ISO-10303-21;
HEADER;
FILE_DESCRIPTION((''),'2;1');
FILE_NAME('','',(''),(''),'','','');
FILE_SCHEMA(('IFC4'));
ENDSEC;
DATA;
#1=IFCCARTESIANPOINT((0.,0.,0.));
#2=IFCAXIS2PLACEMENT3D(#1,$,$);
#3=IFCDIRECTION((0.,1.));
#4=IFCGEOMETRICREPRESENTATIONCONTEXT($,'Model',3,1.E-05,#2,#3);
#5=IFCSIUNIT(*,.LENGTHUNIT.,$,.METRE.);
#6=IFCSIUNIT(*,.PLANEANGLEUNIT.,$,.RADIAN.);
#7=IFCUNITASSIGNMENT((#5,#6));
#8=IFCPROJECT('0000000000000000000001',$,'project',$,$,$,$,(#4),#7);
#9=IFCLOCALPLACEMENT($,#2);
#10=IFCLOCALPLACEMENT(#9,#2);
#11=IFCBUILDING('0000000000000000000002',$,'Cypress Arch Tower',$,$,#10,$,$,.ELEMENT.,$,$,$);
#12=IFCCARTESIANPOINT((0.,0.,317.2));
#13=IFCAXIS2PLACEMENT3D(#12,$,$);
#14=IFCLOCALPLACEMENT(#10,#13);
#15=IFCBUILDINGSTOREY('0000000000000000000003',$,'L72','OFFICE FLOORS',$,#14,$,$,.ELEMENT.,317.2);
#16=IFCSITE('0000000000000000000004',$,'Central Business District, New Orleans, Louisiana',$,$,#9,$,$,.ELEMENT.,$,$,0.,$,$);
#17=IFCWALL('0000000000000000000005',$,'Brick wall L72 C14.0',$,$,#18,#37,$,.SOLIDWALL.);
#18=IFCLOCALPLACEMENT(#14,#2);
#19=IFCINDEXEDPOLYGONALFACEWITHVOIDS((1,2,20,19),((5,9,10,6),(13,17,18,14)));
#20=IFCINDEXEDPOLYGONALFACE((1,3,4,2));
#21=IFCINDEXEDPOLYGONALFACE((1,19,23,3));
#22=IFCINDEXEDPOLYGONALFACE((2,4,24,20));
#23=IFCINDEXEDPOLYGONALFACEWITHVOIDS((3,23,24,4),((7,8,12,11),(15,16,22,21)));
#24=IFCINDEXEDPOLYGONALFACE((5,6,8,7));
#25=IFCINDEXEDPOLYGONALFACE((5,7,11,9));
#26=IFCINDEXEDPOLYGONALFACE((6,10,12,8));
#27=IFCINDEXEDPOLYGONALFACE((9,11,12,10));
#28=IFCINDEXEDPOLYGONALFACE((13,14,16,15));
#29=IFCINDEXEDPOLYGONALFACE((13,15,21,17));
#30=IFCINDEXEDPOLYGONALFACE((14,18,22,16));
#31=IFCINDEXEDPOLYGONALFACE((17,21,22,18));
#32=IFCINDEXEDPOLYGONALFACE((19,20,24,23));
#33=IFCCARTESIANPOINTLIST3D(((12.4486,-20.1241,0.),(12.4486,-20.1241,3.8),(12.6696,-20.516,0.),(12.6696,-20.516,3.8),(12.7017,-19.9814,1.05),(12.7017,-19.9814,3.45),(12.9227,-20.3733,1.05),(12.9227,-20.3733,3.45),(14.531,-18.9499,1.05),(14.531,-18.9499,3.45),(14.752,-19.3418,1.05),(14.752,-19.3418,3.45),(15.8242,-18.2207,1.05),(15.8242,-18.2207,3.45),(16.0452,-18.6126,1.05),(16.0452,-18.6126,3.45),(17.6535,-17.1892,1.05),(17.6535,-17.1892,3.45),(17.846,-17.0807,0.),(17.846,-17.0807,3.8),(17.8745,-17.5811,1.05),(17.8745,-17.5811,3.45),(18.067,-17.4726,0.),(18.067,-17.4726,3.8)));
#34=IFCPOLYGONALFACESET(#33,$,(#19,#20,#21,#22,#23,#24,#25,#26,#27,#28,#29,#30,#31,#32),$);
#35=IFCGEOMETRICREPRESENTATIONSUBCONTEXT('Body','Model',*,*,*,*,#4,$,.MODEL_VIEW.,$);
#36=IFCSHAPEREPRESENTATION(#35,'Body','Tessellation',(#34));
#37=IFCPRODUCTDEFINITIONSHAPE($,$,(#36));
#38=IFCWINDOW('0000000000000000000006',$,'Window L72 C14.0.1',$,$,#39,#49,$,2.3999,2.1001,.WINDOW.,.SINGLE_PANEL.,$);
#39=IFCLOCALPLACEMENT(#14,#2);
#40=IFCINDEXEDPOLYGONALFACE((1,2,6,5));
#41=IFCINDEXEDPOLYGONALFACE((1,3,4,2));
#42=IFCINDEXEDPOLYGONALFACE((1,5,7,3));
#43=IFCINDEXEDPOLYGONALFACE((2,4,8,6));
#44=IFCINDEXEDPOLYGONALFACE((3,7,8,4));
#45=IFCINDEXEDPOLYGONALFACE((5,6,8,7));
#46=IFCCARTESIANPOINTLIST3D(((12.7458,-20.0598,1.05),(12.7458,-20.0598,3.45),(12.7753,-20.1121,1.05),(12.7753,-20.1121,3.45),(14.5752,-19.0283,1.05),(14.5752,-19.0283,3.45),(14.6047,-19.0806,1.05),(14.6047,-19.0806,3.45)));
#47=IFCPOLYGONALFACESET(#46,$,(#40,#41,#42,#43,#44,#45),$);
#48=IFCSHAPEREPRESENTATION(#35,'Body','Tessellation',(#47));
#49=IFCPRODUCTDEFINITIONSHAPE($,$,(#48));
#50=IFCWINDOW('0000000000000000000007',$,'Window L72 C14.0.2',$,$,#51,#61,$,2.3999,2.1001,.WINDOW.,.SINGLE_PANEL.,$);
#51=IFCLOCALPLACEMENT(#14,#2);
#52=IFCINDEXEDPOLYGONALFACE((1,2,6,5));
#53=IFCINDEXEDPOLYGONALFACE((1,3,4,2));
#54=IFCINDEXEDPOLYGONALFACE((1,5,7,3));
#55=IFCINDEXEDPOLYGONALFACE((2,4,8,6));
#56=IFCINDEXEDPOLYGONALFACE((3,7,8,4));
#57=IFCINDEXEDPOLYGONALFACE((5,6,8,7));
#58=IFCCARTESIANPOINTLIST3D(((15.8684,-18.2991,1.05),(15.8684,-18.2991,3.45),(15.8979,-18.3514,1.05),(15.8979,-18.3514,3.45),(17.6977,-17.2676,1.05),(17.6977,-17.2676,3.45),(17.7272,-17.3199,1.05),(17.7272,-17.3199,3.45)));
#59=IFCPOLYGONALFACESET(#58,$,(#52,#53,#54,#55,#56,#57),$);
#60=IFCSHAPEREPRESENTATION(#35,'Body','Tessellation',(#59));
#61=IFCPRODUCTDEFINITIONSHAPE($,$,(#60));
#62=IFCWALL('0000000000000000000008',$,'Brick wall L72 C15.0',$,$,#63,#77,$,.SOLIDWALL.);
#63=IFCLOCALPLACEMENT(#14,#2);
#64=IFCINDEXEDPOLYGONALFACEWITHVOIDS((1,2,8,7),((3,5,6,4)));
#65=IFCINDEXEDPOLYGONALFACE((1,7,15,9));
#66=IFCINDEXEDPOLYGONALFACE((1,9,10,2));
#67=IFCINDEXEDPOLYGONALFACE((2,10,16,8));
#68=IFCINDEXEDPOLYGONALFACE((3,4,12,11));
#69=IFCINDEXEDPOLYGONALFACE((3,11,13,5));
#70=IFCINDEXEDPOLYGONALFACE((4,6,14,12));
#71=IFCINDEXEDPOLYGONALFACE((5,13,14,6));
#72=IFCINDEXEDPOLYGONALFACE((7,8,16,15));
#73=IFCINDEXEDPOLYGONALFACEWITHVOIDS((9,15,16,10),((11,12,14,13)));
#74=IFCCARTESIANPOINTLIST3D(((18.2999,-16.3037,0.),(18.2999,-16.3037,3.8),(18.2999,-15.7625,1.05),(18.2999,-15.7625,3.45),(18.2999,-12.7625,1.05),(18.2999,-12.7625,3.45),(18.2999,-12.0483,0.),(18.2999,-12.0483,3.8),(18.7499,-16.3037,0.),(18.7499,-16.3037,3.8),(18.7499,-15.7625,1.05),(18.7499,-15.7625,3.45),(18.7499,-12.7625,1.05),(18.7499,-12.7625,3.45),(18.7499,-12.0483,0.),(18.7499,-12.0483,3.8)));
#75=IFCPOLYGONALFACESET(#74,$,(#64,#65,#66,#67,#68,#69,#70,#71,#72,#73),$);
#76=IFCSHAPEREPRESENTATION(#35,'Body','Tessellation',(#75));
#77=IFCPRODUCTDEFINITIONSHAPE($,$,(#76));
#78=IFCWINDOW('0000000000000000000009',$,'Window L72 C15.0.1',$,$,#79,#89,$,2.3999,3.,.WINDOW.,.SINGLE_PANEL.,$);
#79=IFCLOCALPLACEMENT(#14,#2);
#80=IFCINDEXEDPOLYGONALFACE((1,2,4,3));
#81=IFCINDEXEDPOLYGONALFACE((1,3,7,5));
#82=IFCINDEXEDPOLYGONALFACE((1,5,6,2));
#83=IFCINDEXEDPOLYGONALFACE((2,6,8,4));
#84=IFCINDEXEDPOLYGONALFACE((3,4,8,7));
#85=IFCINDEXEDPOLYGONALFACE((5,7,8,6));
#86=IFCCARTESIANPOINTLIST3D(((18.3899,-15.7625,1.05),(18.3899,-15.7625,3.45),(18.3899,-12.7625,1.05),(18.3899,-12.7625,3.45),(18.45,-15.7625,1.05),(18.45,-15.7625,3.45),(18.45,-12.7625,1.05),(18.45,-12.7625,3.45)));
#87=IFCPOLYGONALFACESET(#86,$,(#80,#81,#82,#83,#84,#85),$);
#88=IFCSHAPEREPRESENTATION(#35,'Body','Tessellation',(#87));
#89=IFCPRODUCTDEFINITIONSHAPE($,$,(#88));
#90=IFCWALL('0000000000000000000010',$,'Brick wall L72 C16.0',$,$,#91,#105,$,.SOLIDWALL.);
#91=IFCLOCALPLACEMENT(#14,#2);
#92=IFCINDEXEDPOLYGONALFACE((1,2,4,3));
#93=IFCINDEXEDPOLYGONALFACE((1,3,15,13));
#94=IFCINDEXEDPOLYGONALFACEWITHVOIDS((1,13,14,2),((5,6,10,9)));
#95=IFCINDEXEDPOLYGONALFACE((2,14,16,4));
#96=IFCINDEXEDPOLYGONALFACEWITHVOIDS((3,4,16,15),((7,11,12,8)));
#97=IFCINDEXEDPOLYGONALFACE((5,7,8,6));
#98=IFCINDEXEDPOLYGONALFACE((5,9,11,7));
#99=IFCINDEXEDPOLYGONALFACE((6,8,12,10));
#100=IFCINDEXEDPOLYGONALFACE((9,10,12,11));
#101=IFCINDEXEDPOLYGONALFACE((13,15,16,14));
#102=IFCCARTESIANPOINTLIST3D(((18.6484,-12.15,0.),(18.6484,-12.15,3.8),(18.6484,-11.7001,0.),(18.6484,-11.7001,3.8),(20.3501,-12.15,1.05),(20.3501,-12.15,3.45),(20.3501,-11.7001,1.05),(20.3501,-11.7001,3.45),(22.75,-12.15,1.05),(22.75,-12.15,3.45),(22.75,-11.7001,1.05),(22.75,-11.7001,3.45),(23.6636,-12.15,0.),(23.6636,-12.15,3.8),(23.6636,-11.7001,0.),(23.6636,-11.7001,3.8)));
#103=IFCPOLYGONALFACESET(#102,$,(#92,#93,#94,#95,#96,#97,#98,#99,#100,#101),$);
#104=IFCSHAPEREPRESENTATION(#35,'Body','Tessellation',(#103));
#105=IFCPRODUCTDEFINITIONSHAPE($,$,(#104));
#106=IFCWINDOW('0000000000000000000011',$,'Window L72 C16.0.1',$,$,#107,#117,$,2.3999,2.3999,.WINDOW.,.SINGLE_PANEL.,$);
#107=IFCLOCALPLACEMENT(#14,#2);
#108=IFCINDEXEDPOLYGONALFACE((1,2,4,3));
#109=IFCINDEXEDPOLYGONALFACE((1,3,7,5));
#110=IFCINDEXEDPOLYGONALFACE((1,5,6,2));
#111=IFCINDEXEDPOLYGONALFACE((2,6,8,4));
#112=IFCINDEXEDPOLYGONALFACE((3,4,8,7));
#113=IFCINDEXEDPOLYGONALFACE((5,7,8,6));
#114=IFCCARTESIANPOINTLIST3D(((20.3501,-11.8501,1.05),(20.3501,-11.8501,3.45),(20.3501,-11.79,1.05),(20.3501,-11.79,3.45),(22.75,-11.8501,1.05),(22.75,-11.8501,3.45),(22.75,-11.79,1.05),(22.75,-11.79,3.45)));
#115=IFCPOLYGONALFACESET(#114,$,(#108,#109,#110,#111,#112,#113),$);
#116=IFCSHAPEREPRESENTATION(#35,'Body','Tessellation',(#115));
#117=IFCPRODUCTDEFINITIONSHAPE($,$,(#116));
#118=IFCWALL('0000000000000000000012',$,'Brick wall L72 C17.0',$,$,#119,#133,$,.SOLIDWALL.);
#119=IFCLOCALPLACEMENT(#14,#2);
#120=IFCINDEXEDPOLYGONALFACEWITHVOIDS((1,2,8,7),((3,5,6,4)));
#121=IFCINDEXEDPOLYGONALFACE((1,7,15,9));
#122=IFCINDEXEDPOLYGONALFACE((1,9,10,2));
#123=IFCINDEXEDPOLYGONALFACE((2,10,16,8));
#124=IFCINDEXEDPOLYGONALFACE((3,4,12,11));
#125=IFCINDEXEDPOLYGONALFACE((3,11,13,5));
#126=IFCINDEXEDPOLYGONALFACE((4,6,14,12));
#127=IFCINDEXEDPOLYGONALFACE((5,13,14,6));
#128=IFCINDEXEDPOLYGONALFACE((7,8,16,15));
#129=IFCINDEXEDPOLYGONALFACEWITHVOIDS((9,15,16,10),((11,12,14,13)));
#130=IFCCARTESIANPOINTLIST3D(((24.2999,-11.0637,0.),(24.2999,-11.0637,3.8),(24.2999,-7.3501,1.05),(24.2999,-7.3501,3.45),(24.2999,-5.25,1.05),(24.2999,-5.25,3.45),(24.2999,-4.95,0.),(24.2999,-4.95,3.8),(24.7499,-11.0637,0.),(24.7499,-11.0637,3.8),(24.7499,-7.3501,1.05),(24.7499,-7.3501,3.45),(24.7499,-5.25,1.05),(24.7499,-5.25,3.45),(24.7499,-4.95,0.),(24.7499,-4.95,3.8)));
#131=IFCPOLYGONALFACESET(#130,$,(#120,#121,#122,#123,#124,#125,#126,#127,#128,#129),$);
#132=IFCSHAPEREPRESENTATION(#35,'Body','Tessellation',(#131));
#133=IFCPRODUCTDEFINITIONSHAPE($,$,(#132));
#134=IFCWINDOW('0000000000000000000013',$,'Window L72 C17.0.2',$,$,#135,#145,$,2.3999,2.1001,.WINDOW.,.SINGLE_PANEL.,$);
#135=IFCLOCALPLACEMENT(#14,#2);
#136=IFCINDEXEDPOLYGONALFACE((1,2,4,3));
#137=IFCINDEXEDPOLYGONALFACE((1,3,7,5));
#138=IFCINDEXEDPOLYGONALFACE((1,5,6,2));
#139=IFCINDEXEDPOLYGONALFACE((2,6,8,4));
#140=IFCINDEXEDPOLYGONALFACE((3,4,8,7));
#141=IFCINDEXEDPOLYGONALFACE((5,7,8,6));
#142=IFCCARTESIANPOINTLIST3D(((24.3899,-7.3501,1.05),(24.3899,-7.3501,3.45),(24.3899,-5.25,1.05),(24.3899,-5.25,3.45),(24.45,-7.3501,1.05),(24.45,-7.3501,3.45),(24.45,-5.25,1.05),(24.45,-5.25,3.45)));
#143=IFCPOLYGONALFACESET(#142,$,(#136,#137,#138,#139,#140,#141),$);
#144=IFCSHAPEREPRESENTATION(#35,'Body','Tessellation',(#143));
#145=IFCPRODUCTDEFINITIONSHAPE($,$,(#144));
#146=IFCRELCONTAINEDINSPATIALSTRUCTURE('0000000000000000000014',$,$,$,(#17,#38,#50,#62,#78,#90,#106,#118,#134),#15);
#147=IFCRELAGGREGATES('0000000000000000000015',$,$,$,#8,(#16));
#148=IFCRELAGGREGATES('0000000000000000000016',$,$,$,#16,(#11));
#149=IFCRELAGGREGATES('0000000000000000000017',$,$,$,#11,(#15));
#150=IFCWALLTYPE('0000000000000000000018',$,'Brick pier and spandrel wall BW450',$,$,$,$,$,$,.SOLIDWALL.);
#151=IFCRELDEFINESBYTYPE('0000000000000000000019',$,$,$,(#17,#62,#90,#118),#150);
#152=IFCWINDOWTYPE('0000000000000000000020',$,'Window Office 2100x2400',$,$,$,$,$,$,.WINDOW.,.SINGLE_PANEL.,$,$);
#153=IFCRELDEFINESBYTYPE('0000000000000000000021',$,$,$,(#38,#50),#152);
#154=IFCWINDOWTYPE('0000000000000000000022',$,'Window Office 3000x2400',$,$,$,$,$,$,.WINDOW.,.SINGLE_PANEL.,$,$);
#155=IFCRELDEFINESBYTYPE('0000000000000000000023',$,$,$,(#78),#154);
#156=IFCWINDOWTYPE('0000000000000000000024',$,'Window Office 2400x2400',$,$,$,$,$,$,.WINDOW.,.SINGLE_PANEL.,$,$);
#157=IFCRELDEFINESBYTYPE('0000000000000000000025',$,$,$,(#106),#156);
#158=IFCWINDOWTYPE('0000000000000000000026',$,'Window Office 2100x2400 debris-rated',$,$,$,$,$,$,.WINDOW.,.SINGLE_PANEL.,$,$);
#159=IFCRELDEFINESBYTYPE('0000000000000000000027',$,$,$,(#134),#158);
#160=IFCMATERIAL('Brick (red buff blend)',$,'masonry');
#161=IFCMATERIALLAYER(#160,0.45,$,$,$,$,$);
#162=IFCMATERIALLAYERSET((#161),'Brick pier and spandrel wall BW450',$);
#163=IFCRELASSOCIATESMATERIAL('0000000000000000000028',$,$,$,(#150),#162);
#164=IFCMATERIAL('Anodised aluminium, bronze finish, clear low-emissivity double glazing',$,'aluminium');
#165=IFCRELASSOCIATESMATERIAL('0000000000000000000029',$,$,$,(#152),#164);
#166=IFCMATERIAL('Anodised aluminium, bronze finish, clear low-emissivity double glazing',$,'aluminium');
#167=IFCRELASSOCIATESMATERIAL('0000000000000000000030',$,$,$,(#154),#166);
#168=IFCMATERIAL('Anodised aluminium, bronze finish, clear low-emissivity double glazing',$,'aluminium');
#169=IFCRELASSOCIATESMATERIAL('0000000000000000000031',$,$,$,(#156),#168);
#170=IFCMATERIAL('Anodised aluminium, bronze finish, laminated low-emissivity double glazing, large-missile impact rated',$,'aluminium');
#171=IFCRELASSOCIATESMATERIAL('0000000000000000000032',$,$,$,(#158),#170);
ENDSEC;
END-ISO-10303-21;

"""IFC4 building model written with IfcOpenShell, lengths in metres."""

from ifc_helpers import new_model, si_unit, direction, frame, frame_2d, origin, place, context, subcontext, project, spatial, rectangle, extrude, material, layer, layer_set, type_object, element, fill, save


model = new_model("IFC4")

# Units and contexts
model_context = context("Model", 3, precision=1e-05, world=origin(), true_north=direction((0.0, 1.0)))
body_context = subcontext(model_context, "Body", "Model", "MODEL_VIEW")
ifc_project = project(units=[si_unit("LENGTHUNIT", "METRE"), si_unit("PLANEANGLEUNIT", "RADIAN")], contexts=[model_context])

# Site, building, storey
site_placement = place(None, origin())
site = spatial("IfcSite", under=ifc_project, at=site_placement, Name="Central Business District, New Orleans, Louisiana", CompositionType="ELEMENT", RefElevation=0.0)
building_placement = place(site_placement, origin())
building = spatial("IfcBuilding", under=site, at=building_placement, Name="Cypress Arch Tower", CompositionType="ELEMENT")
storey_placement = place(building_placement, frame((0.0, 0.0, 317.2)))
storey = spatial("IfcBuildingStorey", under=building, at=storey_placement, Name="L72", Description="OFFICE FLOORS", CompositionType="ELEMENT", Elevation=317.2)

# Wall, openings, windows
ifc_material_1 = material(Name="Brick (red buff blend)", Category="masonry")
ifc_layer_1 = layer(ifc_material_1, 0.45)
ifc_layer_set_1 = layer_set([ifc_layer_1], Name="Brick pier and spandrel wall BW450")
wall_type_1 = type_object("IfcWallType", Name="Brick pier and spandrel wall BW450", PredefinedType="SOLIDWALL", material=ifc_layer_set_1)
wall_1_placement = place(storey_placement, frame((12.5591, -20.3201, 0.0), z_axis=(0.0, 0.0, 1.0), x_axis=(0.871066, 0.491166, 0.0)))
wall_1 = element("IfcWall", 1, at=wall_1_placement, inside=storey, type_object=wall_type_1, Name="Brick wall L72 C14.0", PredefinedType="SOLIDWALL", context=body_context, shape_type="SweptSolid", body=[
    extrude(rectangle(XDim=6.1963, YDim=0.45, at=frame_2d((3.0981, 0.0))), origin(), (0.0, 0.0, 1.0), 3.8),
])
opening_1_placement = place(wall_1_placement, frame((0.2905, 0.0, 1.05)))
opening_1 = element("IfcOpeningElement", 2, at=opening_1_placement, cuts=wall_1, PredefinedType="OPENING", context=body_context, shape_type="SweptSolid", body=[
    extrude(rectangle(XDim=2.1001, YDim=2.3999, at=frame_2d((1.05, 1.2))), frame((0.0, 0.2349, 0.0), z_axis=(0.0, -1.0, 0.0), x_axis=(1.0, 0.0, 0.0)), (0.0, 0.0, 1.0), 0.47),
])
opening_2_placement = place(wall_1_placement, frame((3.8752, 0.0, 1.05)))
opening_2 = element("IfcOpeningElement", 3, at=opening_2_placement, cuts=wall_1, PredefinedType="OPENING", context=body_context, shape_type="SweptSolid", body=[
    extrude(rectangle(XDim=2.1001, YDim=2.3999, at=frame_2d((1.05, 1.2))), frame((0.0, 0.2349, 0.0), z_axis=(0.0, -1.0, 0.0), x_axis=(1.0, 0.0, 0.0)), (0.0, 0.0, 1.0), 0.47),
])
ifc_material_2 = material(Name="Anodised aluminium, bronze finish, clear low-emissivity double glazing", Category="aluminium")
window_type_1 = type_object("IfcWindowType", Name="Window Office 2100x2400", PartitioningType="SINGLE_PANEL", PredefinedType="WINDOW", material=ifc_material_2)
window_1_placement = place(opening_1_placement, origin())
window_1 = element("IfcWindow", 4, at=window_1_placement, inside=storey, type_object=window_type_1, Name="Window L72 C14.0.1", OverallHeight=2.3999, OverallWidth=2.1001, PartitioningType="SINGLE_PANEL", PredefinedType="WINDOW", context=body_context, shape_type="SweptSolid", body=[
    extrude(rectangle(XDim=2.1001, YDim=2.3999, at=frame_2d((1.05, 1.2))), frame((0.0, 0.135, 0.0), z_axis=(0.0, -1.0, 0.0), x_axis=(1.0, 0.0, 0.0)), (0.0, 0.0, 1.0), 0.0601),
])
fill(opening_1, window_1)
window_2_placement = place(opening_2_placement, origin())
window_2 = element("IfcWindow", 5, at=window_2_placement, inside=storey, type_object=window_type_1, Name="Window L72 C14.0.2", OverallHeight=2.3999, OverallWidth=2.1001, PartitioningType="SINGLE_PANEL", PredefinedType="WINDOW", context=body_context, shape_type="SweptSolid", body=[
    extrude(rectangle(XDim=2.1001, YDim=2.3999, at=frame_2d((1.05, 1.2))), frame((0.0, 0.135, 0.0), z_axis=(0.0, -1.0, 0.0), x_axis=(1.0, 0.0, 0.0)), (0.0, 0.0, 1.0), 0.0601),
])
fill(opening_2, window_2)

# Walls, openings, windows
wall_2_placement = place(storey_placement, frame((18.5249, -16.3037, 0.0), z_axis=(0.0, 0.0, 1.0), x_axis=(0.0, 1.0, 0.0)))
wall_2 = element("IfcWall", 6, at=wall_2_placement, inside=storey, type_object=wall_type_1, Name="Brick wall L72 C15.0", PredefinedType="SOLIDWALL", context=body_context, shape_type="SweptSolid", body=[
    extrude(rectangle(XDim=4.2554, YDim=0.45, at=frame_2d((2.1277, 0.0))), origin(), (0.0, 0.0, 1.0), 3.8),
])
opening_3_placement = place(wall_2_placement, frame((0.5413, 0.0, 1.05)))
opening_3 = element("IfcOpeningElement", 7, at=opening_3_placement, cuts=wall_2, PredefinedType="OPENING", context=body_context, shape_type="SweptSolid", body=[
    extrude(rectangle(XDim=3.0, YDim=2.3999, at=frame_2d((1.5, 1.2))), frame((0.0, 0.2349, 0.0), z_axis=(0.0, -1.0, 0.0), x_axis=(1.0, 0.0, 0.0)), (0.0, 0.0, 1.0), 0.47),
])
ifc_material_3 = material(Name="Anodised aluminium, bronze finish, clear low-emissivity double glazing", Category="aluminium")
window_type_2 = type_object("IfcWindowType", Name="Window Office 3000x2400", PartitioningType="SINGLE_PANEL", PredefinedType="WINDOW", material=ifc_material_3)
window_3_placement = place(opening_3_placement, origin())
window_3 = element("IfcWindow", 8, at=window_3_placement, inside=storey, type_object=window_type_2, Name="Window L72 C15.0.1", OverallHeight=2.3999, OverallWidth=3.0, PartitioningType="SINGLE_PANEL", PredefinedType="WINDOW", context=body_context, shape_type="SweptSolid", body=[
    extrude(rectangle(XDim=3.0, YDim=2.3999, at=frame_2d((1.5, 1.2))), frame((0.0, 0.135, 0.0), z_axis=(0.0, -1.0, 0.0), x_axis=(1.0, 0.0, 0.0)), (0.0, 0.0, 1.0), 0.0601),
])
fill(opening_3, window_3)
wall_3_placement = place(storey_placement, frame((18.6484, -11.925, 0.0), z_axis=(0.0, 0.0, 1.0), x_axis=(1.0, 0.0, 0.0)))
wall_3 = element("IfcWall", 9, at=wall_3_placement, inside=storey, type_object=wall_type_1, Name="Brick wall L72 C16.0", PredefinedType="SOLIDWALL", context=body_context, shape_type="SweptSolid", body=[
    extrude(rectangle(XDim=5.0151, YDim=0.45, at=frame_2d((2.5076, 0.0))), origin(), (0.0, 0.0, 1.0), 3.8),
])
opening_4_placement = place(wall_3_placement, frame((1.7017, 0.0, 1.05)))
opening_4 = element("IfcOpeningElement", 10, at=opening_4_placement, cuts=wall_3, PredefinedType="OPENING", context=body_context, shape_type="SweptSolid", body=[
    extrude(rectangle(XDim=2.3999, YDim=2.3999, at=frame_2d((1.2, 1.2))), frame((0.0, 0.2349, 0.0), z_axis=(0.0, -1.0, 0.0), x_axis=(1.0, 0.0, 0.0)), (0.0, 0.0, 1.0), 0.47),
])
ifc_material_4 = material(Name="Anodised aluminium, bronze finish, clear low-emissivity double glazing", Category="aluminium")
window_type_3 = type_object("IfcWindowType", Name="Window Office 2400x2400", PartitioningType="SINGLE_PANEL", PredefinedType="WINDOW", material=ifc_material_4)
window_4_placement = place(opening_4_placement, origin())
window_4 = element("IfcWindow", 11, at=window_4_placement, inside=storey, type_object=window_type_3, Name="Window L72 C16.0.1", OverallHeight=2.3999, OverallWidth=2.3999, PartitioningType="SINGLE_PANEL", PredefinedType="WINDOW", context=body_context, shape_type="SweptSolid", body=[
    extrude(rectangle(XDim=2.3999, YDim=2.3999, at=frame_2d((1.2, 1.2))), frame((0.0, 0.135, 0.0), z_axis=(0.0, -1.0, 0.0), x_axis=(1.0, 0.0, 0.0)), (0.0, 0.0, 1.0), 0.0601),
])
fill(opening_4, window_4)
wall_4_placement = place(storey_placement, frame((24.5249, -11.0637, 0.0), z_axis=(0.0, 0.0, 1.0), x_axis=(0.0, 1.0, 0.0)))
wall_4 = element("IfcWall", 12, at=wall_4_placement, inside=storey, type_object=wall_type_1, Name="Brick wall L72 C17.0", PredefinedType="SOLIDWALL", context=body_context, shape_type="SweptSolid", body=[
    extrude(rectangle(XDim=6.1138, YDim=0.45, at=frame_2d((3.0569, 0.0))), origin(), (0.0, 0.0, 1.0), 3.8),
])
opening_5_placement = place(wall_4_placement, frame((3.7136, 0.0, 1.05)))
opening_5 = element("IfcOpeningElement", 13, at=opening_5_placement, cuts=wall_4, PredefinedType="OPENING", context=body_context, shape_type="SweptSolid", body=[
    extrude(rectangle(XDim=2.1001, YDim=2.3999, at=frame_2d((1.05, 1.2))), frame((0.0, 0.2349, 0.0), z_axis=(0.0, -1.0, 0.0), x_axis=(1.0, 0.0, 0.0)), (0.0, 0.0, 1.0), 0.47),
])
ifc_material_5 = material(Name="Anodised aluminium, bronze finish, laminated low-emissivity double glazing, large-missile impact rated", Category="aluminium")
window_type_4 = type_object("IfcWindowType", Name="Window Office 2100x2400 debris-rated", PartitioningType="SINGLE_PANEL", PredefinedType="WINDOW", material=ifc_material_5)
window_5_placement = place(opening_5_placement, origin())
window_5 = element("IfcWindow", 14, at=window_5_placement, inside=storey, type_object=window_type_4, Name="Window L72 C17.0.2", OverallHeight=2.3999, OverallWidth=2.1001, PartitioningType="SINGLE_PANEL", PredefinedType="WINDOW", context=body_context, shape_type="SweptSolid", body=[
    extrude(rectangle(XDim=2.1001, YDim=2.3999, at=frame_2d((1.05, 1.2))), frame((0.0, 0.135, 0.0), z_axis=(0.0, -1.0, 0.0), x_axis=(1.0, 0.0, 0.0)), (0.0, 0.0, 1.0), 0.0601),
])
fill(opening_5, window_5)

save(model, "model.ifc")
